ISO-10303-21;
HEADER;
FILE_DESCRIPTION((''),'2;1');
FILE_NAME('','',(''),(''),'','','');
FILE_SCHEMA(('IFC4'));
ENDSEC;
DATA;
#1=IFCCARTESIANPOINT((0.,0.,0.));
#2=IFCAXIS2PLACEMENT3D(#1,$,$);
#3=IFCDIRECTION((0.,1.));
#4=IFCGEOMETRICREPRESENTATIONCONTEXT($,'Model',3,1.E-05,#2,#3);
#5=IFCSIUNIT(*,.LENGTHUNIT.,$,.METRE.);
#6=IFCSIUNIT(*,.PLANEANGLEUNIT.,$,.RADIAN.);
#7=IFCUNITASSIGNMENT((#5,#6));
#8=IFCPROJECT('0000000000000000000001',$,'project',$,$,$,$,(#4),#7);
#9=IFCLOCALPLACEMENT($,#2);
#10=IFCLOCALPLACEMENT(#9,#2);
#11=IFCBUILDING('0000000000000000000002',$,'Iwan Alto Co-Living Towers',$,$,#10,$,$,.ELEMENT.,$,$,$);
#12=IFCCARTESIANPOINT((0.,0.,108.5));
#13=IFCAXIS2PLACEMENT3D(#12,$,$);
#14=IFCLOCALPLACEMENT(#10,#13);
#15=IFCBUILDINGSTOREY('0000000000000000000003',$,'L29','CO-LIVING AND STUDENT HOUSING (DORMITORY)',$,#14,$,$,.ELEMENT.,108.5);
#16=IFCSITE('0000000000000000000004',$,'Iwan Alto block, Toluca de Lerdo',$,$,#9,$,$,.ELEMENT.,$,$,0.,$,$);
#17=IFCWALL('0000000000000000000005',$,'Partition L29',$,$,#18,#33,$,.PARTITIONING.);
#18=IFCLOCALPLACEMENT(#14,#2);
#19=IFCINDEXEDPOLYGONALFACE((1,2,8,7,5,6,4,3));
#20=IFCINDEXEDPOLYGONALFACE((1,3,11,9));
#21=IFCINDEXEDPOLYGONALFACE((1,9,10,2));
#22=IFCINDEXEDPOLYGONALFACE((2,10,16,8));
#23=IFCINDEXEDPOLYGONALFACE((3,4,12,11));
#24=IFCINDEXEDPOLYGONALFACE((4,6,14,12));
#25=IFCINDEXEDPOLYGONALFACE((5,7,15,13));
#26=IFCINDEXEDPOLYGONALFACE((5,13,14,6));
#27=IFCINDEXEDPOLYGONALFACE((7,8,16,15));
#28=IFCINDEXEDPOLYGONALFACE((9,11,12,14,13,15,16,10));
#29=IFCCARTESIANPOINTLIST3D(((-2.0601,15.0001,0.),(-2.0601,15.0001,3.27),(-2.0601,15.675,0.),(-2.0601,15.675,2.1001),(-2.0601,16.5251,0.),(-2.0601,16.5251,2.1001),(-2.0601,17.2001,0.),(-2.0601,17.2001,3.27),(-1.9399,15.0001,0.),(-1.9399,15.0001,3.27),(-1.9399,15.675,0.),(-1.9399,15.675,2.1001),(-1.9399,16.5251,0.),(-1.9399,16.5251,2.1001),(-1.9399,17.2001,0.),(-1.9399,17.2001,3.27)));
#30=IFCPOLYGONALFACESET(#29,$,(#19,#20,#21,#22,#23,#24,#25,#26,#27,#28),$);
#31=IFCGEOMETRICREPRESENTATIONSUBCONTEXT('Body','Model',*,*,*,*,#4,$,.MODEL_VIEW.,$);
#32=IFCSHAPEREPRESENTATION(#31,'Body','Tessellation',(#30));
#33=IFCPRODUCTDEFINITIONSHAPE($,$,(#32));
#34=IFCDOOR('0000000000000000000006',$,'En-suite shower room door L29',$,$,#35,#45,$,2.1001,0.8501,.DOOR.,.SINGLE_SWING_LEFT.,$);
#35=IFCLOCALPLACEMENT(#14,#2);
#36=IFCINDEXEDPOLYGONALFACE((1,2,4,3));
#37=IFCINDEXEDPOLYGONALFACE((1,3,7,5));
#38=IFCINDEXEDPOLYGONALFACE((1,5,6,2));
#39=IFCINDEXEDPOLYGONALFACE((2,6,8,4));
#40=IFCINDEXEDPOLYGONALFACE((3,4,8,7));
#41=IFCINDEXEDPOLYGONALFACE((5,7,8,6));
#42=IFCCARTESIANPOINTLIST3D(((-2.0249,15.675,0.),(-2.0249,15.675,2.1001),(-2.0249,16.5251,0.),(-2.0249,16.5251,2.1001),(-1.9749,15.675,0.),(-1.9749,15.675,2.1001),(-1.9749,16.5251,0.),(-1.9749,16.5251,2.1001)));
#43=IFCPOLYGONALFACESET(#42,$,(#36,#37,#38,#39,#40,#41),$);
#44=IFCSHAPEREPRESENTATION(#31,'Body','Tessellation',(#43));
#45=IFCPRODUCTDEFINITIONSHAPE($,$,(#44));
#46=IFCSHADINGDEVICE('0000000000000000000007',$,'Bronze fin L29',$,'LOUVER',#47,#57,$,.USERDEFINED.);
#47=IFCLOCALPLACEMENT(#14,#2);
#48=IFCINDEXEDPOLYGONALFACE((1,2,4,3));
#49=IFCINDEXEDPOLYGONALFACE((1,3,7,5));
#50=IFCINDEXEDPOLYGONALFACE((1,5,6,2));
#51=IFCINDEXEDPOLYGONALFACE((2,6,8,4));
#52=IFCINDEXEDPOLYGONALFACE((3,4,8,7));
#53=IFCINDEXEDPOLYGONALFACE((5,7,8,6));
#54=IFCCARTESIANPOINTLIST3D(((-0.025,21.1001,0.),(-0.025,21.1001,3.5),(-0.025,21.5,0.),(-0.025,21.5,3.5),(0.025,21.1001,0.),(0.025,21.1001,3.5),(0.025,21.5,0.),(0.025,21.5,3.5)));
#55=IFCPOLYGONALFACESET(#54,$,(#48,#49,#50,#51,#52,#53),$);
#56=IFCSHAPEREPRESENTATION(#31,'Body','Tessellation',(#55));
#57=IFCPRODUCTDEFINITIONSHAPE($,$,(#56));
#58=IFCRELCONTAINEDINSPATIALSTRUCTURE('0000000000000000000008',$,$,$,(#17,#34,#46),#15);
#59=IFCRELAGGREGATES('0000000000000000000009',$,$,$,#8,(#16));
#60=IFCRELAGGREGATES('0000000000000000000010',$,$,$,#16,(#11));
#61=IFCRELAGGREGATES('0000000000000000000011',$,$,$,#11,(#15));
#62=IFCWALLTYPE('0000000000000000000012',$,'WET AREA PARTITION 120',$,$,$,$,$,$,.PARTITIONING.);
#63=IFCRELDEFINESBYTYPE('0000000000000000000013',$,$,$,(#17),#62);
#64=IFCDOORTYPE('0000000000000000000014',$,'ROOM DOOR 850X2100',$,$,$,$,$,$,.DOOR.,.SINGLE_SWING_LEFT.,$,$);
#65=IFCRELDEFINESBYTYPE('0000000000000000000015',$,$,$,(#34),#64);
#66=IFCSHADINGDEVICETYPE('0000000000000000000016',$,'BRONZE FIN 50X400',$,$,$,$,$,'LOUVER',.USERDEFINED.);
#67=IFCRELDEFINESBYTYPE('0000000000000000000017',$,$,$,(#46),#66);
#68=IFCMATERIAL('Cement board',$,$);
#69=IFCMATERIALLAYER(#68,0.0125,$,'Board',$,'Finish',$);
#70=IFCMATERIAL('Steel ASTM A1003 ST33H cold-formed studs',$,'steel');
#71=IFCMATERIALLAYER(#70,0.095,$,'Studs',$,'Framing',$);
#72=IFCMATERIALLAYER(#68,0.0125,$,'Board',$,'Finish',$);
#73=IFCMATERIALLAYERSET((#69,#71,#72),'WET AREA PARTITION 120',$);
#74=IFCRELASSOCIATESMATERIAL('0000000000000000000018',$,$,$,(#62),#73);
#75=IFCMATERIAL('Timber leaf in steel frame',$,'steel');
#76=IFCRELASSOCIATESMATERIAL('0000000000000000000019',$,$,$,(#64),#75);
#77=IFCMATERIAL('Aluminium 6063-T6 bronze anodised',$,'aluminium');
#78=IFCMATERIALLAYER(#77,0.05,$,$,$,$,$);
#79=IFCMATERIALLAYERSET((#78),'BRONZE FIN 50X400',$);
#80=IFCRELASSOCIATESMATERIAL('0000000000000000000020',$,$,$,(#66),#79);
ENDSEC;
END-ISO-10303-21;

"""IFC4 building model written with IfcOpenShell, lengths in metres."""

from ifc_helpers import new_model, si_unit, direction, frame, frame_2d, origin, origin_2d, place, context, subcontext, project, spatial, rectangle, extrude, material, layer, layer_set, type_object, element, fill, save


model = new_model("IFC4")

# Units and contexts
model_context = context("Model", 3, precision=1e-05, world=origin(), true_north=direction((0.0, 1.0)))
body_context = subcontext(model_context, "Body", "Model", "MODEL_VIEW")
ifc_project = project(units=[si_unit("LENGTHUNIT", "METRE"), si_unit("PLANEANGLEUNIT", "RADIAN")], contexts=[model_context])

# Site, building, storey
site_placement = place(None, origin())
site = spatial("IfcSite", under=ifc_project, at=site_placement, Name="Iwan Alto block, Toluca de Lerdo", CompositionType="ELEMENT", RefElevation=0.0)
building_placement = place(site_placement, origin())
building = spatial("IfcBuilding", under=site, at=building_placement, Name="Iwan Alto Co-Living Towers", CompositionType="ELEMENT")
storey_placement = place(building_placement, frame((0.0, 0.0, 108.5)))
storey = spatial("IfcBuildingStorey", under=building, at=storey_placement, Name="L29", Description="CO-LIVING AND STUDENT HOUSING (DORMITORY)", CompositionType="ELEMENT", Elevation=108.5)

# Shared definitions
ifc_material_1 = material(Name="Steel ASTM A1003 ST33H cold-formed studs", Category="steel")

# Shared definitions
ifc_material_2 = material(Name="Cement board")
ifc_layer_1 = layer(ifc_material_2, 0.0125, Name="Board", Category="Finish")
ifc_layer_2 = layer(ifc_material_1, 0.095, Name="Studs", Category="Framing")
ifc_layer_3 = layer(ifc_material_2, 0.0125, Name="Board", Category="Finish")
ifc_layer_set_1 = layer_set([ifc_layer_1, ifc_layer_2, ifc_layer_3], Name="WET AREA PARTITION 120")
wall_type_1 = type_object("IfcWallType", Name="WET AREA PARTITION 120", PredefinedType="PARTITIONING", material=ifc_layer_set_1)

# Shared definitions
ifc_material_3 = material(Name="Timber leaf in steel frame", Category="steel")
door_type_1 = type_object("IfcDoorType", Name="ROOM DOOR 850X2100", OperationType="SINGLE_SWING_LEFT", PredefinedType="DOOR", material=ifc_material_3)

# Wall, opening, door
wall_1_placement = place(storey_placement, frame((-2.0, 15.0, 0.0), z_axis=(0.0, 0.0, 1.0), x_axis=(0.0, 1.0, 0.0)))
wall_1 = element("IfcWall", 1, at=wall_1_placement, inside=storey, type_object=wall_type_1, Name="Partition L29", PredefinedType="PARTITIONING", context=body_context, shape_type="SweptSolid", body=[
    extrude(rectangle(XDim=2.2, YDim=0.1201, at=frame_2d((1.1001, 0.0))), origin(), (0.0, 0.0, 1.0), 3.27),
])
opening_1_placement = place(wall_1_placement, frame((0.675, 0.0, 0.0)))
opening_1 = element("IfcOpeningElement", 2, at=opening_1_placement, cuts=wall_1, PredefinedType="OPENING", context=body_context, shape_type="SweptSolid", body=[
    extrude(rectangle(XDim=0.8501, YDim=2.1001, at=frame_2d((0.425, 1.05))), frame((0.0, 0.0701, 0.0), z_axis=(0.0, -1.0, 0.0), x_axis=(1.0, 0.0, 0.0)), (0.0, 0.0, 1.0), 0.1401),
])
door_1_placement = place(opening_1_placement, origin())
door_1 = element("IfcDoor", 3, at=door_1_placement, inside=storey, type_object=door_type_1, Name="En-suite shower room door L29", OperationType="SINGLE_SWING_LEFT", OverallHeight=2.1001, OverallWidth=0.8501, PredefinedType="DOOR", context=body_context, shape_type="SweptSolid", body=[
    extrude(rectangle(XDim=0.8501, YDim=2.1001, at=frame_2d((0.425, 1.05))), frame((0.0, 0.0249, 0.0), z_axis=(0.0, -1.0, 0.0), x_axis=(1.0, 0.0, 0.0)), (0.0, 0.0, 1.0), 0.05),
])
fill(opening_1, door_1)

# Shading device
ifc_material_4 = material(Name="Aluminium 6063-T6 bronze anodised", Category="aluminium")
ifc_layer_4 = layer(ifc_material_4, 0.05)
ifc_layer_set_2 = layer_set([ifc_layer_4], Name="BRONZE FIN 50X400")
shading_device_type = type_object("IfcShadingDeviceType", Name="BRONZE FIN 50X400", ElementType="LOUVER", PredefinedType="USERDEFINED", material=ifc_layer_set_2)
shading_device_placement = place(storey_placement, frame((0.0, 21.3, 0.0), z_axis=(0.0, 0.0, 1.0), x_axis=(-1.0, 0.0, 0.0)))
element("IfcShadingDevice", 4, at=shading_device_placement, inside=storey, type_object=shading_device_type, Name="Bronze fin L29", ObjectType="LOUVER", PredefinedType="USERDEFINED", context=body_context, shape_type="SweptSolid", body=[
    extrude(rectangle(XDim=0.05, YDim=0.3999, at=origin_2d()), origin(), (0.0, 0.0, 1.0), 3.5),
])

save(model, "model.ifc")
